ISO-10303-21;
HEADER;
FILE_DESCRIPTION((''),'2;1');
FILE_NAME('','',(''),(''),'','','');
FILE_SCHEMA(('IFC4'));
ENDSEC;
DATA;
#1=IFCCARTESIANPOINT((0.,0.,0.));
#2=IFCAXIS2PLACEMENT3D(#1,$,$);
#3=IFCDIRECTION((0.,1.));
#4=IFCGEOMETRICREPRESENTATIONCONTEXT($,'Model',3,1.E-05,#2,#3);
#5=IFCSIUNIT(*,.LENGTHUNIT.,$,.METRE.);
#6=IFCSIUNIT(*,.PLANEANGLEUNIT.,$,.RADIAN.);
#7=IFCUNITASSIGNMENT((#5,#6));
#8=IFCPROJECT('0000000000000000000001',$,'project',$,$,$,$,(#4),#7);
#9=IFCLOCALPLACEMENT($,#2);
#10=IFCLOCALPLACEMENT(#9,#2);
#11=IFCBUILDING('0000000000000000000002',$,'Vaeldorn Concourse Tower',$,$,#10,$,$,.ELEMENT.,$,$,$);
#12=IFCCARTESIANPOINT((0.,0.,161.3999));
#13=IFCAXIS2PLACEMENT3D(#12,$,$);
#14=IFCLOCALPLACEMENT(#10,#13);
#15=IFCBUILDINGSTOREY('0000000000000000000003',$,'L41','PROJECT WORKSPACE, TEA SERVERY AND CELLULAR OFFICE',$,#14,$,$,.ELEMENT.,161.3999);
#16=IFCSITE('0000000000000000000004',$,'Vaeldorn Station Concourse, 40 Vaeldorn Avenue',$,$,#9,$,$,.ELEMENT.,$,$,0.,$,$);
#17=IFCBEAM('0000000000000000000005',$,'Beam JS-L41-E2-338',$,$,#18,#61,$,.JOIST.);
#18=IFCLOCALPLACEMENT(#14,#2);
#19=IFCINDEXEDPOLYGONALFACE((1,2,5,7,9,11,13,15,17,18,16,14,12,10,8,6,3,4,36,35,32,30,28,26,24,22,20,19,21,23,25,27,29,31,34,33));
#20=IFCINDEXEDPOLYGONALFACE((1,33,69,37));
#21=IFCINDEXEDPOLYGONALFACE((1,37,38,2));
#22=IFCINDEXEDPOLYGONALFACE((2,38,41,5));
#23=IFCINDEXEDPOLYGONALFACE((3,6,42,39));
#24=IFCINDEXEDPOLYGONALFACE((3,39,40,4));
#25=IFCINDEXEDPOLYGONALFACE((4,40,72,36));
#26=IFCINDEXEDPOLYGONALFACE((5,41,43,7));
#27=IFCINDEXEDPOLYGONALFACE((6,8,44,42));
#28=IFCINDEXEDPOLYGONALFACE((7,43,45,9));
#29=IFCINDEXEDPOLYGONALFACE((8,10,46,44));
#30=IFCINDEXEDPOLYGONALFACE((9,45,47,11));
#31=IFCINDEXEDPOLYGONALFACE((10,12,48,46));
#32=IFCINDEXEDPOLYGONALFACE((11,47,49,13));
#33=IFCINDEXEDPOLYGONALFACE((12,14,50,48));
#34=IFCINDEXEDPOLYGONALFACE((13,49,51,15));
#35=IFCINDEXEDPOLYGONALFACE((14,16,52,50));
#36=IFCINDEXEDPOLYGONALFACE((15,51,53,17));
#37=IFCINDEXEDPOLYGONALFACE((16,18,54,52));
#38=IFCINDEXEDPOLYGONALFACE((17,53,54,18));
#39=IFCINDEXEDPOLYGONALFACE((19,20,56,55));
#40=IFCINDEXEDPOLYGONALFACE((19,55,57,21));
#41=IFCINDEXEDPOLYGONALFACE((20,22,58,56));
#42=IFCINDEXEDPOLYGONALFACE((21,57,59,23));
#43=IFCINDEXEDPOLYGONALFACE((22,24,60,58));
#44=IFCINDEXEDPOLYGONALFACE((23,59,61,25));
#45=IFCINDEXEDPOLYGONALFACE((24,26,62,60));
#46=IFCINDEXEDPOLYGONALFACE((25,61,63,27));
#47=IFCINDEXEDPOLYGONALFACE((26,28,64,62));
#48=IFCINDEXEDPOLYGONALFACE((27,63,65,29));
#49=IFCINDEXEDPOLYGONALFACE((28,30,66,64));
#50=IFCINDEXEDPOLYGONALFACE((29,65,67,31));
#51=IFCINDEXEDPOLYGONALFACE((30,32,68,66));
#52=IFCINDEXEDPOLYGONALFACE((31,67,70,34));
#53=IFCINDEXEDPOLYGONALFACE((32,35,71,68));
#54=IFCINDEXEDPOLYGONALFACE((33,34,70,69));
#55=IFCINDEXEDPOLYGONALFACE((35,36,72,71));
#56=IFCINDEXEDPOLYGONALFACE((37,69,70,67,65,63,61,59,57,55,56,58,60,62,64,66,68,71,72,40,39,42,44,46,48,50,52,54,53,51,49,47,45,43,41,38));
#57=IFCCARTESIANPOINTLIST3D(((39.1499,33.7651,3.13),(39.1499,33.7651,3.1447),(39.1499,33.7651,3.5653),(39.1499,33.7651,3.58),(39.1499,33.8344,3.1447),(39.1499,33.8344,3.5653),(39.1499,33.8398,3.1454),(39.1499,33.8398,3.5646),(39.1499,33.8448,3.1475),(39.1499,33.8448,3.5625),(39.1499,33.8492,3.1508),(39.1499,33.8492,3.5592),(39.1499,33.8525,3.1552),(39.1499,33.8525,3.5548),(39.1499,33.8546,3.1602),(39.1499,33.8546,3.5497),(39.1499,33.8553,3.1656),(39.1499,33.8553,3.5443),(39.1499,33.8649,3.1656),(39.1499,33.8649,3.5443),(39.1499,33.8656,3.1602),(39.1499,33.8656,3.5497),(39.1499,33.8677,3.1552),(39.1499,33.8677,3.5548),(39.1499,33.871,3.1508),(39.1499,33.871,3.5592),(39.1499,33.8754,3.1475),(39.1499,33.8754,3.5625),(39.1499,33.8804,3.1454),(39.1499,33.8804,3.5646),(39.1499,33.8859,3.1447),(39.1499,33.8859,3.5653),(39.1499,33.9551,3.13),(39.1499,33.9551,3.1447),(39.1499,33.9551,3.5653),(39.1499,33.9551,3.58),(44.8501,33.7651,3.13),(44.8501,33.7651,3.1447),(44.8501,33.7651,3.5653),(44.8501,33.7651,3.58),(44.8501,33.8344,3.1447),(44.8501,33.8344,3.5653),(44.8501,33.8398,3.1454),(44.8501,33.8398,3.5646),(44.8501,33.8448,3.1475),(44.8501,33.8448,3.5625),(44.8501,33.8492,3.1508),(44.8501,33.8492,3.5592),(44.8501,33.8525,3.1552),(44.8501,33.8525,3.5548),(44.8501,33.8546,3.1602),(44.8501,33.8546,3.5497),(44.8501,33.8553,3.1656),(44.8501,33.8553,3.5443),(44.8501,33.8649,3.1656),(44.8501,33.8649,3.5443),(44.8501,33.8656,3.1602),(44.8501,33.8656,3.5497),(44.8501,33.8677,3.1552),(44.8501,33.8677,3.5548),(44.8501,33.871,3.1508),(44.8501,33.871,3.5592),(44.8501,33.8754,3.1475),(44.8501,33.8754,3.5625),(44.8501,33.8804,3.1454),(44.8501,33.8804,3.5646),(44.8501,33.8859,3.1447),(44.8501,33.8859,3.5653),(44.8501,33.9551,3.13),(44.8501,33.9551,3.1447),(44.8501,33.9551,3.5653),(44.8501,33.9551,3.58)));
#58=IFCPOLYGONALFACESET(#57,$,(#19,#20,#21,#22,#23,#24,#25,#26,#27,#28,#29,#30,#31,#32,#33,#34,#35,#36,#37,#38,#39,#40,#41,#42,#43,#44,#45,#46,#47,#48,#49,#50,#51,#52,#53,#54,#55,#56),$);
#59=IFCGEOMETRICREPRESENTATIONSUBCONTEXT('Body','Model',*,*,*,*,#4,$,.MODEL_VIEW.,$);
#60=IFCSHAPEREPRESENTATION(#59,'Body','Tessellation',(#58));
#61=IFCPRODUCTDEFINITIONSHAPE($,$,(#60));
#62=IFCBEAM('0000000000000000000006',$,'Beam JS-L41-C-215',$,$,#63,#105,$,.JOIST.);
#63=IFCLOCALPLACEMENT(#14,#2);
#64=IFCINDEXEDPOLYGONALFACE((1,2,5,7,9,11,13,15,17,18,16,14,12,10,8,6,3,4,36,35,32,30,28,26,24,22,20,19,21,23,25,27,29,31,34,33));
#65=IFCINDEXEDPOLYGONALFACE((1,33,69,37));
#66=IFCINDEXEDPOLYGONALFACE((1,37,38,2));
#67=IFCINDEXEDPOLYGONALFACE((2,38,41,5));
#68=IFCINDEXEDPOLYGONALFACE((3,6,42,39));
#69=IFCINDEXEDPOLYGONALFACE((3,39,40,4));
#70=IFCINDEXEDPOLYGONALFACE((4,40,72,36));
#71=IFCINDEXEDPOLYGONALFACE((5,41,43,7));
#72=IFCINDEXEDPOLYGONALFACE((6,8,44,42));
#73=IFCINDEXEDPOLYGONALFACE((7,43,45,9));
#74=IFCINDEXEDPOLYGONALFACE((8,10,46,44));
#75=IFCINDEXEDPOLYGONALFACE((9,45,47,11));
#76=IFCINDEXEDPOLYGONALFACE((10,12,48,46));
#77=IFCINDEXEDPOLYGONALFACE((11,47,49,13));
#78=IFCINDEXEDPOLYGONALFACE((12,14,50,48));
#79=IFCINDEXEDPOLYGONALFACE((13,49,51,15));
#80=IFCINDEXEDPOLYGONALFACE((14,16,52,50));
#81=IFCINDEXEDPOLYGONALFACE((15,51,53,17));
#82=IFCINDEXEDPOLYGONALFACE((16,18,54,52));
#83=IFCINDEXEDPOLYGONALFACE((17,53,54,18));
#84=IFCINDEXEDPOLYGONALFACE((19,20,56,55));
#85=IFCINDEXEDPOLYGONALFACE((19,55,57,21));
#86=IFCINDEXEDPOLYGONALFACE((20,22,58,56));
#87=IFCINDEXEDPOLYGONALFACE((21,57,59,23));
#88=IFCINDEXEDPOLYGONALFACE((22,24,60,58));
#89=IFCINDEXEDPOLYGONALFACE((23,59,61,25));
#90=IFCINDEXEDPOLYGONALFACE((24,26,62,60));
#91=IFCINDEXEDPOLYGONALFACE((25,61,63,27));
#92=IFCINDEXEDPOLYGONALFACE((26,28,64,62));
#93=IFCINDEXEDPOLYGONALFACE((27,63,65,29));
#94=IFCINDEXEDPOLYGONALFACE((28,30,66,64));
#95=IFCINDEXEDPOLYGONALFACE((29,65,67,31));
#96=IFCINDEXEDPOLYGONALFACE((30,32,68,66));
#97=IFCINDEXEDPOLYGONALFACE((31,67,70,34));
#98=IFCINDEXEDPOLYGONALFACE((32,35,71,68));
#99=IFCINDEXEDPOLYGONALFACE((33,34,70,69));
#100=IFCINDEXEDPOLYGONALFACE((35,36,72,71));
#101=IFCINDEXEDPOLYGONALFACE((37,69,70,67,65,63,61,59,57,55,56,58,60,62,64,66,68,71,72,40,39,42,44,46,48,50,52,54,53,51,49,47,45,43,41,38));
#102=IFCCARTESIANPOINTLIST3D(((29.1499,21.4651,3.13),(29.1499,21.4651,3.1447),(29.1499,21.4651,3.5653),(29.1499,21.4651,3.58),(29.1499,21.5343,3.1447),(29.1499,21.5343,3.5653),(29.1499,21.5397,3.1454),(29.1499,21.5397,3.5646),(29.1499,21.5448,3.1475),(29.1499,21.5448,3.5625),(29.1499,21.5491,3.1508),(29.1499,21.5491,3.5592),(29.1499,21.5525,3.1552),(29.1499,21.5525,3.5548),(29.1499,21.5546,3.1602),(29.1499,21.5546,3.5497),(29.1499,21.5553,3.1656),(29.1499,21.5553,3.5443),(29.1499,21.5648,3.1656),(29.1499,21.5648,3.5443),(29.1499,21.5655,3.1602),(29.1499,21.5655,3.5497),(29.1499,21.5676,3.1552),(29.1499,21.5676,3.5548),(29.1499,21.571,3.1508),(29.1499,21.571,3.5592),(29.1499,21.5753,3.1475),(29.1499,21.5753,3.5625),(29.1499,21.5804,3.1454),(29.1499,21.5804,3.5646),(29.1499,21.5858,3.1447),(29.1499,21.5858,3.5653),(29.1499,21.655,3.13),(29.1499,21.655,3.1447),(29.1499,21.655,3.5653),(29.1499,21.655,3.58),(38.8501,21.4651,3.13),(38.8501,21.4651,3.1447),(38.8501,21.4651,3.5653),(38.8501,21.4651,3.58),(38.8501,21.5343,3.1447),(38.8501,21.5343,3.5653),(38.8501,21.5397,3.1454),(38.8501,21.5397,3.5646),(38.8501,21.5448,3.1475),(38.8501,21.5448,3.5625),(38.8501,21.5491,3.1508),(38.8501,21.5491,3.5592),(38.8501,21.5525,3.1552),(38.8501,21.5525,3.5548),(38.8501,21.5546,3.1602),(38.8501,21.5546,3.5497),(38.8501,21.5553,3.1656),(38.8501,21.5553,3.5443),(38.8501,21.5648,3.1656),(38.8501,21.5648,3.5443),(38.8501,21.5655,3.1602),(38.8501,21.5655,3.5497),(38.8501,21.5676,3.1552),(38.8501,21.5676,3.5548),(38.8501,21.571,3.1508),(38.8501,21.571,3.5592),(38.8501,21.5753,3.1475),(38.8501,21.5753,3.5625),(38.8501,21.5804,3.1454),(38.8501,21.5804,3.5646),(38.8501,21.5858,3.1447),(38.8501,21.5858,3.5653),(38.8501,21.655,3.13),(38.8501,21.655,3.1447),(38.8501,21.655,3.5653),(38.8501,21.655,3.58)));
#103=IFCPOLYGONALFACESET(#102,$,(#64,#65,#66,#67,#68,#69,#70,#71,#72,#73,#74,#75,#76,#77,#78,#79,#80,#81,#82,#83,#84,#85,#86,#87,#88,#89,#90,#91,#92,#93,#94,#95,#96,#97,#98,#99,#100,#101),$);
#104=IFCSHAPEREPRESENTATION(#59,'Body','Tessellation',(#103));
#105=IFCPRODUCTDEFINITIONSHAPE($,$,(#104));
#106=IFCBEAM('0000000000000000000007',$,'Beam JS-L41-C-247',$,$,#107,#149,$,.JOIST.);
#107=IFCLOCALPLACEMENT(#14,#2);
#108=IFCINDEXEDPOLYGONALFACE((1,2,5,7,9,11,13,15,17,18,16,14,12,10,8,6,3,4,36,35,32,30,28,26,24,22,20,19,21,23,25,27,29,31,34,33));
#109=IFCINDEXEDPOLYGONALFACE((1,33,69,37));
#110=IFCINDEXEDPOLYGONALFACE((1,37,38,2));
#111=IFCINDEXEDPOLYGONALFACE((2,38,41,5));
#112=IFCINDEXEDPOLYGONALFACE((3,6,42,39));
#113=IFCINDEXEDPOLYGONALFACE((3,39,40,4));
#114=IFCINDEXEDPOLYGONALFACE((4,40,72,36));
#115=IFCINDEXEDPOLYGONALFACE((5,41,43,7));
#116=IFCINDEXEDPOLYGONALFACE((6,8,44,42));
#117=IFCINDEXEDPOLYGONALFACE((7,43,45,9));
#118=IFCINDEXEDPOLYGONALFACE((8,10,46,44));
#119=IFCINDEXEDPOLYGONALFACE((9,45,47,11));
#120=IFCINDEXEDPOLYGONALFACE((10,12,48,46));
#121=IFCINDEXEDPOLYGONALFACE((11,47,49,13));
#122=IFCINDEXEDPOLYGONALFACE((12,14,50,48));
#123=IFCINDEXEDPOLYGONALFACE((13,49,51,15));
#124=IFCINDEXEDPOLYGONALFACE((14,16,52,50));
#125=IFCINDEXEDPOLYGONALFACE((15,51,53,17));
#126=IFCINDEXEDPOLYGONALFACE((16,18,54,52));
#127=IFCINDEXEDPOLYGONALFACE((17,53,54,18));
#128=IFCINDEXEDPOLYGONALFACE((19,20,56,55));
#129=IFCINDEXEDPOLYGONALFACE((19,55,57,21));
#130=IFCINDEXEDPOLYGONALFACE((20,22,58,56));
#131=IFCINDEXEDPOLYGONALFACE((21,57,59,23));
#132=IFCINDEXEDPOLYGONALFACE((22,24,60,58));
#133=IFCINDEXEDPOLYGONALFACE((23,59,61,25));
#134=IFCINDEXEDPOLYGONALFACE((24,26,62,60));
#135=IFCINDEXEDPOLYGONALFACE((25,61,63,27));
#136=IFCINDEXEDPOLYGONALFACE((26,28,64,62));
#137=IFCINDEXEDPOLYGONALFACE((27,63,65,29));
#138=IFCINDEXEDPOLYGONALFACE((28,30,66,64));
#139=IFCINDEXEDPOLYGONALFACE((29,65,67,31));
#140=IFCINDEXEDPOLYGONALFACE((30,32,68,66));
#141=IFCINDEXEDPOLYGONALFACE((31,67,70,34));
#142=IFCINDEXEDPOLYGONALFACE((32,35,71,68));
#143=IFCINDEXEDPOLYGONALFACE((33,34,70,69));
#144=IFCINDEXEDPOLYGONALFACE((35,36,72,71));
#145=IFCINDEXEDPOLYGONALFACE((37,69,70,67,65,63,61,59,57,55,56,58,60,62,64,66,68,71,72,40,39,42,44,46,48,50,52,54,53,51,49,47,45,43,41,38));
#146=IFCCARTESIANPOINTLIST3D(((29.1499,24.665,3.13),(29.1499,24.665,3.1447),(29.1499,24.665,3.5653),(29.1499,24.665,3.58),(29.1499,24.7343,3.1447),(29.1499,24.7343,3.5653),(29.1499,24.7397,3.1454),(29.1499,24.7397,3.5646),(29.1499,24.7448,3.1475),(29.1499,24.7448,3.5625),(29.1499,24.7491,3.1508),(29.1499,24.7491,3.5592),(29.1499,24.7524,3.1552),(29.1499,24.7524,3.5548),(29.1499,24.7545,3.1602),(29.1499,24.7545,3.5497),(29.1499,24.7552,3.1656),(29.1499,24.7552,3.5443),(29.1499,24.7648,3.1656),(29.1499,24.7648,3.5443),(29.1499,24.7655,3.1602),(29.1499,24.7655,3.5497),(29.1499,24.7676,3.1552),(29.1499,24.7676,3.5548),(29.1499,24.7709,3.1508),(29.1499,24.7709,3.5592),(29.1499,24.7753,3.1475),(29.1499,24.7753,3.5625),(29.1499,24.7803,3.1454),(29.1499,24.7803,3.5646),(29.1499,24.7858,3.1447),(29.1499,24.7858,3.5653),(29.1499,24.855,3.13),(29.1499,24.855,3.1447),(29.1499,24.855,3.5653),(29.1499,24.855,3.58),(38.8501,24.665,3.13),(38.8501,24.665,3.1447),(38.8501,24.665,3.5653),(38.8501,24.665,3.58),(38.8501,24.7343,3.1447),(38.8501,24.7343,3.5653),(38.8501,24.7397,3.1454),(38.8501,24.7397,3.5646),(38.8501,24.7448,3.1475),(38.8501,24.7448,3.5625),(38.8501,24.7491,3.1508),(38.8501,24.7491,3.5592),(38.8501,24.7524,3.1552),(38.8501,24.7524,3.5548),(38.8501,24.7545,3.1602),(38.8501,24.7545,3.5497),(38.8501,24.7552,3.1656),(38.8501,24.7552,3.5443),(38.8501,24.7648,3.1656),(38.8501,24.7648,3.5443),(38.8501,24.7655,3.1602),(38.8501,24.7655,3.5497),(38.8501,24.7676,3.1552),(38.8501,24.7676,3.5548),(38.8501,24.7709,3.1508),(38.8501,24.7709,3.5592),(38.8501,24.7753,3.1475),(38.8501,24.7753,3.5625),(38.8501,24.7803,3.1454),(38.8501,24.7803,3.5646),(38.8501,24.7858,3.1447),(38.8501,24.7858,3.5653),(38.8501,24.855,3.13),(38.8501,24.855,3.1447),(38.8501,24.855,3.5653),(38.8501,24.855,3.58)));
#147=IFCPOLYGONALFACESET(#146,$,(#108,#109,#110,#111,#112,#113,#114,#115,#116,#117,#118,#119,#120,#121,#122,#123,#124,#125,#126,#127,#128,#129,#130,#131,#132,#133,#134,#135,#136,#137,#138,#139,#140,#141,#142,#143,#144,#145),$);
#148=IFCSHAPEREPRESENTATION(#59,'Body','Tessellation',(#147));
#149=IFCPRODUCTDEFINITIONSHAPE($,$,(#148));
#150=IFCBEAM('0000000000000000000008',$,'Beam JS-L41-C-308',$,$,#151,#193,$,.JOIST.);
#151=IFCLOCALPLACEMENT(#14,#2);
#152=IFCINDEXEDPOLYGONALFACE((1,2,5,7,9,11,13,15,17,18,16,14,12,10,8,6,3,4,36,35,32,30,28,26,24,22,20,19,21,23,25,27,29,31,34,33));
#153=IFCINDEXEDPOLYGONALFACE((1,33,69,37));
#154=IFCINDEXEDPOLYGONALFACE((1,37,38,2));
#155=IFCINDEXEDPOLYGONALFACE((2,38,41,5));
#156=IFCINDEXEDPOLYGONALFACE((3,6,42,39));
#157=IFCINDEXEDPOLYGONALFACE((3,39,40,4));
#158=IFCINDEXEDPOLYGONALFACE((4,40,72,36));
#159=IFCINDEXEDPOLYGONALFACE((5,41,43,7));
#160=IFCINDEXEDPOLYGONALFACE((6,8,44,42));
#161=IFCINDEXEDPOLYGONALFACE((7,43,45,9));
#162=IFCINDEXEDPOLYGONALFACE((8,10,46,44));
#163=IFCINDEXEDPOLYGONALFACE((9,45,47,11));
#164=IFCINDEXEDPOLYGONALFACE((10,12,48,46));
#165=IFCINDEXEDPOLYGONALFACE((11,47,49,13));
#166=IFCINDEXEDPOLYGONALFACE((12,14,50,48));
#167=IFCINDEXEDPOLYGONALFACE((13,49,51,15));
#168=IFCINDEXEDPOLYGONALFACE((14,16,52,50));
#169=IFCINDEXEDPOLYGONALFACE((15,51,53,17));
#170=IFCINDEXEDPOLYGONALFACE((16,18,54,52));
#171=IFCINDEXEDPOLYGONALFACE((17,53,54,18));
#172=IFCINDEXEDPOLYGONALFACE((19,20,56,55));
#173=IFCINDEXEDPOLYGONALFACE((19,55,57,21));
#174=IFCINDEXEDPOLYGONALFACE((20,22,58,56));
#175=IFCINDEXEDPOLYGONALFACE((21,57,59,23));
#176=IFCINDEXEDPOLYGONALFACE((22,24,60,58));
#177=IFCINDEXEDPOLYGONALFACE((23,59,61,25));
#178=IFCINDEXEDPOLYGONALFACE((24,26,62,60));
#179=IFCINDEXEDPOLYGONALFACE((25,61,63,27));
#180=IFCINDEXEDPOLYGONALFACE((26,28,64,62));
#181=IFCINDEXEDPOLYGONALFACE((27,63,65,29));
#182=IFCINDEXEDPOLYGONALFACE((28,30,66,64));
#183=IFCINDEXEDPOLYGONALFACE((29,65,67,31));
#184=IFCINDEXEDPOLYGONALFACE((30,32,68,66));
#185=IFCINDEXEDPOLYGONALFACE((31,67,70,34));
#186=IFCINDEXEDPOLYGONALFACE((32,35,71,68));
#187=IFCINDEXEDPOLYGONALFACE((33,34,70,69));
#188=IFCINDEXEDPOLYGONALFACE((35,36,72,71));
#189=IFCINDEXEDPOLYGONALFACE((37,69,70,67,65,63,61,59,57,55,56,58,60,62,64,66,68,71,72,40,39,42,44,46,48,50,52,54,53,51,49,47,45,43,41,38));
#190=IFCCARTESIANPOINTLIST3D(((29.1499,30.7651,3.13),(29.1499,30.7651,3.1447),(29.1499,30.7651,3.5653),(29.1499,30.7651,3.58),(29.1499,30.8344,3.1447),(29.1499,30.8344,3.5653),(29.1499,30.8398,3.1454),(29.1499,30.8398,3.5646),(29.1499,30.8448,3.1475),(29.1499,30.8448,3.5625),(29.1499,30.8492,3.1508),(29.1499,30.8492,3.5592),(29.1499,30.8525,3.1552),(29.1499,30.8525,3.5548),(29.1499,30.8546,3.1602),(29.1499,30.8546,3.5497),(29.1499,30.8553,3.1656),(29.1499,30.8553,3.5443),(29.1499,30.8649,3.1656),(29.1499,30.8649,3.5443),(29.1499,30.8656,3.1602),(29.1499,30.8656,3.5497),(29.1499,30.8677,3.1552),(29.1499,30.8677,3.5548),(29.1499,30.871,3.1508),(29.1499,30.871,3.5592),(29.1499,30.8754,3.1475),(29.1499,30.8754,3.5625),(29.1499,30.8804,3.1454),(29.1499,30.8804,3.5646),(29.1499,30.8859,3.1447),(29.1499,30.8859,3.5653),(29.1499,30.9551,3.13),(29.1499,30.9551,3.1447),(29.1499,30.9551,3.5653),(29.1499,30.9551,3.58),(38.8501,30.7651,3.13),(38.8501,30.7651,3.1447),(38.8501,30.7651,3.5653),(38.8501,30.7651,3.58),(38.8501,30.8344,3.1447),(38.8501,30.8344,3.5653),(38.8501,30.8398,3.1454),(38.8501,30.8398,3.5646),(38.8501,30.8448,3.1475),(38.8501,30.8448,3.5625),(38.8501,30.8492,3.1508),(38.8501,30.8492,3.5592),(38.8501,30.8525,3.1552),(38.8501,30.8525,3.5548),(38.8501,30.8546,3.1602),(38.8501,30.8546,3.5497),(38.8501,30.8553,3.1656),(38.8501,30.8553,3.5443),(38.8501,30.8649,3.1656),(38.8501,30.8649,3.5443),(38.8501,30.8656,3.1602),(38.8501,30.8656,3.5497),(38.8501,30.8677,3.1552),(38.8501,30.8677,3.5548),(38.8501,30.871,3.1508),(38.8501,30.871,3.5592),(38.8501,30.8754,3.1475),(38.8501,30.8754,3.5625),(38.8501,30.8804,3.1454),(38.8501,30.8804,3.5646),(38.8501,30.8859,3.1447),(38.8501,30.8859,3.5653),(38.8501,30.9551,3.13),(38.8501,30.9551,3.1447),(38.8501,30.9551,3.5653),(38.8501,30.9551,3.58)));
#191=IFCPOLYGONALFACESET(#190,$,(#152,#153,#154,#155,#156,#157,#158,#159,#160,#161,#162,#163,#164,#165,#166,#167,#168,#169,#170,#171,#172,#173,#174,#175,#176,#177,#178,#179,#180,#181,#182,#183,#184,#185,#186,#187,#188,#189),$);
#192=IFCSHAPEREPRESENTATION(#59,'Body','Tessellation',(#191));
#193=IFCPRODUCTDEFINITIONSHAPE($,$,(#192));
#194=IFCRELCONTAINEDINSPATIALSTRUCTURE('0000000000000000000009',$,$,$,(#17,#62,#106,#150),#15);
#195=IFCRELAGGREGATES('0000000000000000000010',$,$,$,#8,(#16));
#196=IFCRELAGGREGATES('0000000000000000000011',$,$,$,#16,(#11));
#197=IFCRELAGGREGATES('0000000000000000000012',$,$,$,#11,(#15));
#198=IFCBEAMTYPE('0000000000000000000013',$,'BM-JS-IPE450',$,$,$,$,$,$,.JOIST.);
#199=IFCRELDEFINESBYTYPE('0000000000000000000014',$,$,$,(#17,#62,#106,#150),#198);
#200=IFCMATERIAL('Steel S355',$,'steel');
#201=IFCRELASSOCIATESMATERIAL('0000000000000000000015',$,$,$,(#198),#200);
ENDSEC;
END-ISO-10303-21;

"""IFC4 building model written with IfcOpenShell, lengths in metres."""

from ifc_helpers import new_model, si_unit, direction, frame, origin, origin_2d, place, context, subcontext, project, spatial, i_section, extrude, source, transform, mapped, material, material_profile, profile_set, type_object, element, save


model = new_model("IFC4")

# Units and contexts
model_context = context("Model", 3, precision=1e-05, world=origin(), true_north=direction((0.0, 1.0)))
body_context = subcontext(model_context, "Body", "Model", "MODEL_VIEW")
ifc_project = project(units=[si_unit("LENGTHUNIT", "METRE"), si_unit("PLANEANGLEUNIT", "RADIAN")], contexts=[model_context])

# Site, building, storey
site_placement = place(None, origin())
site = spatial("IfcSite", under=ifc_project, at=site_placement, Name="Vaeldorn Station Concourse, 40 Vaeldorn Avenue", CompositionType="ELEMENT", RefElevation=0.0)
building_placement = place(site_placement, origin())
building = spatial("IfcBuilding", under=site, at=building_placement, Name="Vaeldorn Concourse Tower", CompositionType="ELEMENT")
storey_placement = place(building_placement, frame((0.0, 0.0, 161.3999)))
storey = spatial("IfcBuildingStorey", under=building, at=storey_placement, Name="L41", Description="PROJECT WORKSPACE, TEA SERVERY AND CELLULAR OFFICE", CompositionType="ELEMENT", Elevation=161.3999)

# Beams
ifc_material_1 = material(Name="Steel S355", Category="steel")
ifc_material_profile_1 = material_profile(ifc_material_1, i_section(OverallWidth=0.1899, OverallDepth=0.45, WebThickness=0.0095, FlangeThickness=0.0146, FilletRadius=0.021, at=origin_2d()), Name="IPE 450")
ifc_profile_set_1 = profile_set([ifc_material_profile_1], Name="Steel S355")
beam_type_1 = type_object("IfcBeamType", Name="BM-JS-IPE450", PredefinedType="JOIST", material=ifc_profile_set_1)
shared_shape_1 = source(origin(), body_context, "Body", "SweptSolid", [
    extrude(i_section(OverallWidth=0.1899, OverallDepth=0.45, WebThickness=0.0095, FlangeThickness=0.0146, FilletRadius=0.021, at=origin_2d()), origin(), (0.0, 0.0, 1.0), 5.7002),
])
for number, where, z_axis, x_axis, name in (
    (1, (39.1499, 33.8601, 3.355), (1.0, 0.0, 0.0), (0.0, 1.0, 0.0), "Beam JS-L41-E2-338"),
):
    element("IfcBeam", number, at=place(storey_placement, frame(where, z_axis=z_axis, x_axis=x_axis)), inside=storey, type_object=beam_type_1, Name=name, PredefinedType="JOIST", context=body_context, shape_type="MappedRepresentation", body=[
        mapped(shared_shape_1, transform((0.0, 0.0, 0.0), scale=1.0)),
    ])
shared_shape_2 = source(origin(), body_context, "Body", "SweptSolid", [
    extrude(i_section(OverallWidth=0.1899, OverallDepth=0.45, WebThickness=0.0095, FlangeThickness=0.0146, FilletRadius=0.021, at=origin_2d()), origin(), (0.0, 0.0, 1.0), 9.7002),
])
for number, where, z_axis, x_axis, name in (
    (2, (29.1499, 21.5601, 3.355), (1.0, 0.0, 0.0), (0.0, 1.0, 0.0), "Beam JS-L41-C-215"),
    (3, (29.1499, 24.76, 3.355), (1.0, 0.0, 0.0), (0.0, 1.0, 0.0), "Beam JS-L41-C-247"),
    (4, (29.1499, 30.8601, 3.355), (1.0, 0.0, 0.0), (0.0, 1.0, 0.0), "Beam JS-L41-C-308"),
):
    element("IfcBeam", number, at=place(storey_placement, frame(where, z_axis=z_axis, x_axis=x_axis)), inside=storey, type_object=beam_type_1, Name=name, PredefinedType="JOIST", context=body_context, shape_type="MappedRepresentation", body=[
        mapped(shared_shape_2, transform((0.0, 0.0, 0.0), scale=1.0)),
    ])

save(model, "model.ifc")
